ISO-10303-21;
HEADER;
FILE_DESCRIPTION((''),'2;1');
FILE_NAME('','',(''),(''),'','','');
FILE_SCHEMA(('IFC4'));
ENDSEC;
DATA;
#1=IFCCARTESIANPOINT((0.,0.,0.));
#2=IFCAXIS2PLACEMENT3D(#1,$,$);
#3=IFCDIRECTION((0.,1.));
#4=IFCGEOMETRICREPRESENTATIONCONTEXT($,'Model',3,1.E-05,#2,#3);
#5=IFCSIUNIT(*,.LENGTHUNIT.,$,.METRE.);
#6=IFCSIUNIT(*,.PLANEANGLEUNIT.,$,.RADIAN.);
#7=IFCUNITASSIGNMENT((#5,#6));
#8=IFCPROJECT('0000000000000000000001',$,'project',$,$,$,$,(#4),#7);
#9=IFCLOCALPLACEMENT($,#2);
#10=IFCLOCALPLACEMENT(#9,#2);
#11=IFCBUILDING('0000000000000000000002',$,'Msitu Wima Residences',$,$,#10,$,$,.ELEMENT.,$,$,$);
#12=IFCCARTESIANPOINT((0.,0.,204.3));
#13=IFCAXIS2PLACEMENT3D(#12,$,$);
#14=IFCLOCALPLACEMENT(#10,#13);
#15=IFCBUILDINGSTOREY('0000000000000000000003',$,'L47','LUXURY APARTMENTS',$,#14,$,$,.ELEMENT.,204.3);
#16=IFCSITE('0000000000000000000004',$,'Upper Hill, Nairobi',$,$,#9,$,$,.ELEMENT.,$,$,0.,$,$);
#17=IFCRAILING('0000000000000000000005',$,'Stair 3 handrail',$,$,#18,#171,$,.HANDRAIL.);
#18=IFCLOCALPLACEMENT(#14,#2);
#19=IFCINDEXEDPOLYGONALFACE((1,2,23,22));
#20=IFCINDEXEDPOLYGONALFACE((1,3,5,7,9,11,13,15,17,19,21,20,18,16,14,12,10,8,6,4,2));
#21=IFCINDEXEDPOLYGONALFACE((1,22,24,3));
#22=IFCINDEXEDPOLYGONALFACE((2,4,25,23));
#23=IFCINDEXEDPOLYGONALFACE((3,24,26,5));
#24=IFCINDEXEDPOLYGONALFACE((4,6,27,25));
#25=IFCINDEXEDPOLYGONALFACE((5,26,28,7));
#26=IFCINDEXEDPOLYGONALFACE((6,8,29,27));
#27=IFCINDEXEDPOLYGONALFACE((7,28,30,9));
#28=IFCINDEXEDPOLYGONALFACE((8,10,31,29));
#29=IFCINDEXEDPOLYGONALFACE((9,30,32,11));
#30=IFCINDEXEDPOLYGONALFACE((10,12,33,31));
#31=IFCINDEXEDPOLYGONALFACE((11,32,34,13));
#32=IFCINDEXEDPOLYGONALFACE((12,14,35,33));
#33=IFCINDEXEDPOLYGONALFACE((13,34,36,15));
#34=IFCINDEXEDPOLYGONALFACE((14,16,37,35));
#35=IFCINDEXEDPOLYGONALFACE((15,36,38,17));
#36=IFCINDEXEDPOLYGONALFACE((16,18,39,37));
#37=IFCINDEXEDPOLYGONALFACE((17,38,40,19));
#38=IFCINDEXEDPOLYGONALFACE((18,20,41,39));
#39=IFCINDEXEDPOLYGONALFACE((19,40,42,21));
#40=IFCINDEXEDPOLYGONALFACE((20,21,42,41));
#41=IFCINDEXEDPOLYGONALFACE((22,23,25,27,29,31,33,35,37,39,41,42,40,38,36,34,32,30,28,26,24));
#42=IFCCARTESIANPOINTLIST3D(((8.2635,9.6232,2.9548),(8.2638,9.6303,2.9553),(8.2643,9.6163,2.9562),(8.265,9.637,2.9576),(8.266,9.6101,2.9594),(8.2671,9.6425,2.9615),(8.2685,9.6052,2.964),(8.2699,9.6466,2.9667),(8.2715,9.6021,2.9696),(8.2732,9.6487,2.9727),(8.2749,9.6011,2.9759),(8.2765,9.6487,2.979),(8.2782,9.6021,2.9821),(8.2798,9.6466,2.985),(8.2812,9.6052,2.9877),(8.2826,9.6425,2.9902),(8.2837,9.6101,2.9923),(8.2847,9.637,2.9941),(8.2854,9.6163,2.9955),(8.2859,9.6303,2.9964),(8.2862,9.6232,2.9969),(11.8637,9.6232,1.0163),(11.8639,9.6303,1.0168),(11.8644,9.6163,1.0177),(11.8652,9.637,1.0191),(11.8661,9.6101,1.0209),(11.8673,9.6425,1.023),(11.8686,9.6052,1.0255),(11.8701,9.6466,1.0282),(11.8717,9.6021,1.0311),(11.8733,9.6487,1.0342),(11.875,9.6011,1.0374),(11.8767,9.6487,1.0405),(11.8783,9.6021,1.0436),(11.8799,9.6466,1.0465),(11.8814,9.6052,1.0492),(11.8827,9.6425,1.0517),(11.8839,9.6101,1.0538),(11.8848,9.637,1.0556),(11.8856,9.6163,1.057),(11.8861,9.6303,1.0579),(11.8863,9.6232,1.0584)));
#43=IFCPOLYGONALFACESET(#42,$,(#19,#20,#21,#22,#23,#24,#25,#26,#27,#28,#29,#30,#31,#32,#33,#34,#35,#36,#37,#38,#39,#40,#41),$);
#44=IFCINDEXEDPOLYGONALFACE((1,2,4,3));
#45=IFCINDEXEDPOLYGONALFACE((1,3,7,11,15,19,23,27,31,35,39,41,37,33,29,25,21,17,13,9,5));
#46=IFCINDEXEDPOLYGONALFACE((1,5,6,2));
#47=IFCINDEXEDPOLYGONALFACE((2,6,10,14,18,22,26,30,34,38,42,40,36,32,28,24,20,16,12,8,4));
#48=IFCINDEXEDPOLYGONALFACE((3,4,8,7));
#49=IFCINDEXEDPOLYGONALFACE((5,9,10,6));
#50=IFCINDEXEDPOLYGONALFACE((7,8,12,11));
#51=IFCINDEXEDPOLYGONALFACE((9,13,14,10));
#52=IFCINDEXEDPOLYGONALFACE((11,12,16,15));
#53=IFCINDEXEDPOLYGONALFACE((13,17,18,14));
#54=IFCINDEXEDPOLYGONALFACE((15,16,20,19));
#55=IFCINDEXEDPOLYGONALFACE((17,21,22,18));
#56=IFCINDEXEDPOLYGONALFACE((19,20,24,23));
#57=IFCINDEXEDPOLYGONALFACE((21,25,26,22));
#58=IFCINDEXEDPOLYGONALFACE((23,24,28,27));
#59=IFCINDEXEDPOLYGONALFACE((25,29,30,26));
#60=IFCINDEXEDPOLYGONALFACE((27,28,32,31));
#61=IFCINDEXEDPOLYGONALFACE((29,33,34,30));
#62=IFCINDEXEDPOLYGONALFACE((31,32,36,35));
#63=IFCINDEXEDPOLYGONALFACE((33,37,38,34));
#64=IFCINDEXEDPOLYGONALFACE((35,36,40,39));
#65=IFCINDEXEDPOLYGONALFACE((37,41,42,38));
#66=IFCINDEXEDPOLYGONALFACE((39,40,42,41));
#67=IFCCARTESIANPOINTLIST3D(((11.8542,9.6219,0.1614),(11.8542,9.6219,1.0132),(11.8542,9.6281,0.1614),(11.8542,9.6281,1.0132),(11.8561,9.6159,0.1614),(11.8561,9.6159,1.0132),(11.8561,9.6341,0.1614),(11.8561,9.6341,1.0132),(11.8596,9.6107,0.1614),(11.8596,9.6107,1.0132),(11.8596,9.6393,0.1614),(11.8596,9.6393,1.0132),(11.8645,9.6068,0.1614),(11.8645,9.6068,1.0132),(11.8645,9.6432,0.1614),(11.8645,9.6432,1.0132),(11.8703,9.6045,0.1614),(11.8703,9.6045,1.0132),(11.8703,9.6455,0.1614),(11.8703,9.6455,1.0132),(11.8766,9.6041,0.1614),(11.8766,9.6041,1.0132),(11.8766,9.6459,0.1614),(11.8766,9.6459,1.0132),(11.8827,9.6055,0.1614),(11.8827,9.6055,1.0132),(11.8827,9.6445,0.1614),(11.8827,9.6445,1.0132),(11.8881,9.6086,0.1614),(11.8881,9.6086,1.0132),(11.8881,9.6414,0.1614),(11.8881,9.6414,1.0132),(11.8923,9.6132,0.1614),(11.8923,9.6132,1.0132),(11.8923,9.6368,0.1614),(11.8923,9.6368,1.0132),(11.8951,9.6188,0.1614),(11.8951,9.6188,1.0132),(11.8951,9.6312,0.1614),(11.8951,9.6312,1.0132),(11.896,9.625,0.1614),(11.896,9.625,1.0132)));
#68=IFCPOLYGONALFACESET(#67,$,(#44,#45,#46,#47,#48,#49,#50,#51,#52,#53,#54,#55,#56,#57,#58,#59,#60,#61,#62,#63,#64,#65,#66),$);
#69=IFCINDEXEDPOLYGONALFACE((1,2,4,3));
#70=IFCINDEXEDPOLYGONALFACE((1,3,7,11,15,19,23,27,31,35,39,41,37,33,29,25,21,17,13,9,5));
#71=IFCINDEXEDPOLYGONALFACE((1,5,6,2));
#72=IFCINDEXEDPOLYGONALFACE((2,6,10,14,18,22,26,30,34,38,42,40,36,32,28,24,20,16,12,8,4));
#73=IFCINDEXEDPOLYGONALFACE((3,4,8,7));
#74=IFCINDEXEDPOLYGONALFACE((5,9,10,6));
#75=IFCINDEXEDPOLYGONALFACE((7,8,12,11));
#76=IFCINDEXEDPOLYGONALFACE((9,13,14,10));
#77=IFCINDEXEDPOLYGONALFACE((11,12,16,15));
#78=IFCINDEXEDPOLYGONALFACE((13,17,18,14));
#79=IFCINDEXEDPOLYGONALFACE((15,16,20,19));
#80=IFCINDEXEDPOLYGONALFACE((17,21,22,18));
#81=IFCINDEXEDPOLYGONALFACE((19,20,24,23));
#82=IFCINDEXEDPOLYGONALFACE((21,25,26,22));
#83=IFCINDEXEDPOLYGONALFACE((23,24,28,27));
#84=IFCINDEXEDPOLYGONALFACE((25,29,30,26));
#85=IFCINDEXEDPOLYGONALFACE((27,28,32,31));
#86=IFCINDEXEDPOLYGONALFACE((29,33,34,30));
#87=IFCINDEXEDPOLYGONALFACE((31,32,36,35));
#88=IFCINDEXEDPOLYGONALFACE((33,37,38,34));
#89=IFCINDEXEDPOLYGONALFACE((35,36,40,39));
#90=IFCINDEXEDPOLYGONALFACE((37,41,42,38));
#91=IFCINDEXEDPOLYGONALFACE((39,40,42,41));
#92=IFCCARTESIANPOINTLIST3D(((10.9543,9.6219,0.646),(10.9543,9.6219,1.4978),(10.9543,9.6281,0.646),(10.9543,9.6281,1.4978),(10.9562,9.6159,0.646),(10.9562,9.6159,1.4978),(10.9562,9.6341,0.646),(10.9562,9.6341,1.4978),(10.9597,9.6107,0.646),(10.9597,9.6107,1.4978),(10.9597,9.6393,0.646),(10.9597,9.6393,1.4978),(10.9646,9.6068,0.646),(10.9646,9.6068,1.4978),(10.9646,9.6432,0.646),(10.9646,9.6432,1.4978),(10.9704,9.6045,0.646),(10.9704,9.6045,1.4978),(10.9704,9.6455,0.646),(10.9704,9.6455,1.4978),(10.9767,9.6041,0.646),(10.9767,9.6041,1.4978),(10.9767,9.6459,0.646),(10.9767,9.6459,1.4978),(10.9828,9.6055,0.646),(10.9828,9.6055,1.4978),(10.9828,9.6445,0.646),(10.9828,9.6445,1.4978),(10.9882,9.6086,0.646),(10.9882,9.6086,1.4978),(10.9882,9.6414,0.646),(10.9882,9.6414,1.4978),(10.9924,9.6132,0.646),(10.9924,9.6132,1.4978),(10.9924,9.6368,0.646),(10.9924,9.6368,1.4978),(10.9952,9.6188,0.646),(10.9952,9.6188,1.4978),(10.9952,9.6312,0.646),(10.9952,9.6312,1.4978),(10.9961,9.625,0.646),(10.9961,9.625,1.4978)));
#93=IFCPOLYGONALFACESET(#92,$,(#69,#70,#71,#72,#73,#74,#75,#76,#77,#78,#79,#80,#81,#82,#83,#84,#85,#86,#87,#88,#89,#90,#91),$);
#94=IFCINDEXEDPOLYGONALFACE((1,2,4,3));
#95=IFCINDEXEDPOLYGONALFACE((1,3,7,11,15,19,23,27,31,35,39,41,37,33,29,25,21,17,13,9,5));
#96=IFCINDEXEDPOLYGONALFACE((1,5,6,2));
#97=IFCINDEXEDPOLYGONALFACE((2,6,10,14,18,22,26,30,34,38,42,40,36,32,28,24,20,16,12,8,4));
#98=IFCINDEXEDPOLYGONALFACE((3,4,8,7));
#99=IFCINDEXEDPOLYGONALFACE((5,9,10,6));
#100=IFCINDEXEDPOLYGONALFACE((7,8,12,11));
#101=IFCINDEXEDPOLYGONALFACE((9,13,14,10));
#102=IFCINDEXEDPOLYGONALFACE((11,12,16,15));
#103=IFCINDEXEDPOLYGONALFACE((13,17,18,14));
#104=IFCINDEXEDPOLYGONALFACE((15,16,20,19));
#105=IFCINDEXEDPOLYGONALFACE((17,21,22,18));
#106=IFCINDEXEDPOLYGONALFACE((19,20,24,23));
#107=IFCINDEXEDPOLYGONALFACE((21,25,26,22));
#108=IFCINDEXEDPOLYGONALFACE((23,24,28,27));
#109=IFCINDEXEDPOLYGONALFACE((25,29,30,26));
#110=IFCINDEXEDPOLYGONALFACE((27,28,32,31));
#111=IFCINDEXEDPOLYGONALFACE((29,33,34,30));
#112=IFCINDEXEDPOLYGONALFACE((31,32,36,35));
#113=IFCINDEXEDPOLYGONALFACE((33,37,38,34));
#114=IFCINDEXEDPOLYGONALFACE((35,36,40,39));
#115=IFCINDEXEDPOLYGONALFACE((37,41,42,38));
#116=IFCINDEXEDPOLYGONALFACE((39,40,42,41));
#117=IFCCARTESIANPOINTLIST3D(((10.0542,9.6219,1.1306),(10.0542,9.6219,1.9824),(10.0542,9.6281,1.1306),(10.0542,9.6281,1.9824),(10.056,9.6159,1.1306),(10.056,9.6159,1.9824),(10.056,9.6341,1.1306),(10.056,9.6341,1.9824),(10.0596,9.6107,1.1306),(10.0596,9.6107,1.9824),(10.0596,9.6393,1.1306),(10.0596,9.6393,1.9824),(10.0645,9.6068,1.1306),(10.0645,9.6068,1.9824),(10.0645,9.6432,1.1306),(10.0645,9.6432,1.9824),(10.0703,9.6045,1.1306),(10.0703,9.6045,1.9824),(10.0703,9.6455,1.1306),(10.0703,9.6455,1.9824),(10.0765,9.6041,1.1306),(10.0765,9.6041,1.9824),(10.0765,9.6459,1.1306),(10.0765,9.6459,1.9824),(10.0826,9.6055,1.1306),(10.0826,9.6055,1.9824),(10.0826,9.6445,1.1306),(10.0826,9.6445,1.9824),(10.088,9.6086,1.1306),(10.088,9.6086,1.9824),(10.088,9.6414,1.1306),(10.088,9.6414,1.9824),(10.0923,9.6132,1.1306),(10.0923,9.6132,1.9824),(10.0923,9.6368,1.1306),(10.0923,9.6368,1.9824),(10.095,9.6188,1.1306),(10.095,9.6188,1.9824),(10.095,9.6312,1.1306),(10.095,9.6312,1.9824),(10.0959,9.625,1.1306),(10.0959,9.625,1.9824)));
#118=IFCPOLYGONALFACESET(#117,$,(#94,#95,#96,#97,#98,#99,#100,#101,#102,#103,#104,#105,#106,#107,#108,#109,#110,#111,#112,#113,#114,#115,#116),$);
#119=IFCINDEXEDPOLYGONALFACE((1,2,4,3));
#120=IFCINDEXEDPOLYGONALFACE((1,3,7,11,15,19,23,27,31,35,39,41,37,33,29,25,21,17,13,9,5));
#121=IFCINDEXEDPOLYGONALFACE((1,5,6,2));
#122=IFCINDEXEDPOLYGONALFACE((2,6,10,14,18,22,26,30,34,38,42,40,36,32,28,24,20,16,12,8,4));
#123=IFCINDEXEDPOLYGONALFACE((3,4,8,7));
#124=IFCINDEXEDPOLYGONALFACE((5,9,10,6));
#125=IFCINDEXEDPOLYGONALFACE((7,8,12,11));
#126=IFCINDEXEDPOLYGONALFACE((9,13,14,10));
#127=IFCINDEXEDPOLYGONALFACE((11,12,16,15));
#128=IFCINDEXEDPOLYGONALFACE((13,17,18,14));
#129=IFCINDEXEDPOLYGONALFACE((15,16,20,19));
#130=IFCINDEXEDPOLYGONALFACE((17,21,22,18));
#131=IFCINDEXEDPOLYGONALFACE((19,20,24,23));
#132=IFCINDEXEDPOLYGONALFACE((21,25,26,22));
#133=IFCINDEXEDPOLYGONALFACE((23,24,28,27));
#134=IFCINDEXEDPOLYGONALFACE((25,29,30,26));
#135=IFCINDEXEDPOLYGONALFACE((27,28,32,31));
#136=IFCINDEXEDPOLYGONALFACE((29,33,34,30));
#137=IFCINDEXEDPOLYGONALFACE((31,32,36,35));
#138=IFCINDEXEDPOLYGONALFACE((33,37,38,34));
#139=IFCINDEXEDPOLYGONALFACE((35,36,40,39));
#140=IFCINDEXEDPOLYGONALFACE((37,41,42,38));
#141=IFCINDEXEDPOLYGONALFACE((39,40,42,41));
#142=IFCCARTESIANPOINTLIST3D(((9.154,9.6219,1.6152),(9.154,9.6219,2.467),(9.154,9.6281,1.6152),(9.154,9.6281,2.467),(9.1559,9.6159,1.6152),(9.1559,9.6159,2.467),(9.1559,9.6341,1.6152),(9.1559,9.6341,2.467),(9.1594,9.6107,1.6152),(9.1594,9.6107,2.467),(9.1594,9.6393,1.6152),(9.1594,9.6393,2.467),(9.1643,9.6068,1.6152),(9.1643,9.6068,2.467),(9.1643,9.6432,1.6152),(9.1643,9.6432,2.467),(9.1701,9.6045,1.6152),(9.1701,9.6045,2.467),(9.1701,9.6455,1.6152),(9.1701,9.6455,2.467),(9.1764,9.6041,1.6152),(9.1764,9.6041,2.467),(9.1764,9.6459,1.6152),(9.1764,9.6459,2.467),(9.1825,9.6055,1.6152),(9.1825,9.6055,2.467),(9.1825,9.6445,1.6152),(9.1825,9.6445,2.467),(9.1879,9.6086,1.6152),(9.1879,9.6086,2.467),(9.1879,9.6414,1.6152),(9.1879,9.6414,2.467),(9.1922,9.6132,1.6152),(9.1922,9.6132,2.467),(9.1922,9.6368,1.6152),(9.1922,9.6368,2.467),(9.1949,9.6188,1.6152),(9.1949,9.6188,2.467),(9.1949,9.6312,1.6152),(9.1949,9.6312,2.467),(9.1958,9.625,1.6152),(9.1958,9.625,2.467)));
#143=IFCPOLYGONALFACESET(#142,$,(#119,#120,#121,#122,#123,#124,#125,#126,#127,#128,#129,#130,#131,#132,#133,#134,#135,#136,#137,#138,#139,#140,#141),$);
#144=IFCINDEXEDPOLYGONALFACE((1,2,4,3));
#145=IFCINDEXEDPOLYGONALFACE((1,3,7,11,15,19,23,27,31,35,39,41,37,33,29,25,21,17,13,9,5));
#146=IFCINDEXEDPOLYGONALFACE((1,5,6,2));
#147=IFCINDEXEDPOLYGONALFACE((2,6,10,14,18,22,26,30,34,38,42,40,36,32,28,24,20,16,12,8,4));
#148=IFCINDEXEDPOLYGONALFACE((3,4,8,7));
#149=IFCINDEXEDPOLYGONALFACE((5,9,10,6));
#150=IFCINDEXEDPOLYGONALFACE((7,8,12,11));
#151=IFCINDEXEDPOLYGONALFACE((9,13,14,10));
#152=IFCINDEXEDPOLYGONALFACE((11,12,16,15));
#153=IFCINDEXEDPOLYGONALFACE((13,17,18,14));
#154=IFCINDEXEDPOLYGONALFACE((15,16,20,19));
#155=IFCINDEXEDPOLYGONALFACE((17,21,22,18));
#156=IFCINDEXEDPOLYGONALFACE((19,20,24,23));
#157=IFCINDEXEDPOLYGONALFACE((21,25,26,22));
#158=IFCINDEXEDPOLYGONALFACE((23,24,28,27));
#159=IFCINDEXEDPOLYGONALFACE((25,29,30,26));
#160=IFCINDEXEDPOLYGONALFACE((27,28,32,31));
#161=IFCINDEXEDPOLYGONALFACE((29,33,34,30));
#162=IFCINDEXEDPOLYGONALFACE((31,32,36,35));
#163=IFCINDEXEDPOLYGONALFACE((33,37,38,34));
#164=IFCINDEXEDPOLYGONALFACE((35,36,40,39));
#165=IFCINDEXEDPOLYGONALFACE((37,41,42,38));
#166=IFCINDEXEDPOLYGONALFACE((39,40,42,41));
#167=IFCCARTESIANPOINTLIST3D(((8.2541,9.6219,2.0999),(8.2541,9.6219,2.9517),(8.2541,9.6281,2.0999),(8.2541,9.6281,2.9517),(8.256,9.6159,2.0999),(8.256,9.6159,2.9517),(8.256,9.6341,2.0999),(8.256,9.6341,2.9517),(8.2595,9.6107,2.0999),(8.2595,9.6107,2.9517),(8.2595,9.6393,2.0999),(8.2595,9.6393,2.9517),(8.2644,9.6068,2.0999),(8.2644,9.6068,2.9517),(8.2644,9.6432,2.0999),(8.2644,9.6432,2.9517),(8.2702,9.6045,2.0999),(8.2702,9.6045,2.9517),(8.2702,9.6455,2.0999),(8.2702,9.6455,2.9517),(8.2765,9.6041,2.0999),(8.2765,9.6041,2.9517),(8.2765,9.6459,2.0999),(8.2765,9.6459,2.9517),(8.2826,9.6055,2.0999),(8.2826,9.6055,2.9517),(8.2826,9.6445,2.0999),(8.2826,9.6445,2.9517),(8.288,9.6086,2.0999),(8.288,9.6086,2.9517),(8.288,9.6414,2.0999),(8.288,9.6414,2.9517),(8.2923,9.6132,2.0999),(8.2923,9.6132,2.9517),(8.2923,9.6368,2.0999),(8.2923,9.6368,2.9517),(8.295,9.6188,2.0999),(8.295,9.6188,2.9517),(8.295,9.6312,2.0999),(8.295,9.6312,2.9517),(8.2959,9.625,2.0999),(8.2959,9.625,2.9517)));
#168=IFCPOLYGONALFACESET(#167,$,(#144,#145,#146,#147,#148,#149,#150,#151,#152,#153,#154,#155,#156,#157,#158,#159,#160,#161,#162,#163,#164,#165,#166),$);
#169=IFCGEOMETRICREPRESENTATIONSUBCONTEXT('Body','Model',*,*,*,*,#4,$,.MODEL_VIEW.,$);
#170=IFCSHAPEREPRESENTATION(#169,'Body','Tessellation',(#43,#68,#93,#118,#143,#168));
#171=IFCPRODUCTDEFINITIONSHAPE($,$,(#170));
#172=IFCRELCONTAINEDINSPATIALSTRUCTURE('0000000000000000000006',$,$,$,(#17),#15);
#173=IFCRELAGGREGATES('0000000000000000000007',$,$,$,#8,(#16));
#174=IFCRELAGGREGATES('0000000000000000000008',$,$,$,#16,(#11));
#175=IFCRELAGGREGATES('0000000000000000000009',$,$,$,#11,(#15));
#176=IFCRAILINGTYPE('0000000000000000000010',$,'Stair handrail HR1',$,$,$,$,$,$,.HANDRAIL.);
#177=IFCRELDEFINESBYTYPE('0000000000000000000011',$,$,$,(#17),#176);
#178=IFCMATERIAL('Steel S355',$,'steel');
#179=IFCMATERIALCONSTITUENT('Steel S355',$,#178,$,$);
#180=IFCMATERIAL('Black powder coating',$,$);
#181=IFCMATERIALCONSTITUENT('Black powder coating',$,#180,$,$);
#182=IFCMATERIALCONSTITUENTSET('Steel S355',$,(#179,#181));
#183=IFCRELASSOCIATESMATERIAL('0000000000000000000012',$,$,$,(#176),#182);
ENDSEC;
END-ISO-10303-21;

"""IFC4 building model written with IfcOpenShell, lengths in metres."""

from ifc_helpers import new_model, si_unit, direction, frame, origin, origin_2d, place, context, subcontext, project, spatial, circle, extrude, material, constituent, constituent_set, type_object, element, save


model = new_model("IFC4")

# Units and contexts
model_context = context("Model", 3, precision=1e-05, world=origin(), true_north=direction((0.0, 1.0)))
body_context = subcontext(model_context, "Body", "Model", "MODEL_VIEW")
ifc_project = project(units=[si_unit("LENGTHUNIT", "METRE"), si_unit("PLANEANGLEUNIT", "RADIAN")], contexts=[model_context])

# Site, building, storey
site_placement = place(None, origin())
site = spatial("IfcSite", under=ifc_project, at=site_placement, Name="Upper Hill, Nairobi", CompositionType="ELEMENT", RefElevation=0.0)
building_placement = place(site_placement, origin())
building = spatial("IfcBuilding", under=site, at=building_placement, Name="Msitu Wima Residences", CompositionType="ELEMENT")
storey_placement = place(building_placement, frame((0.0, 0.0, 204.3)))
storey = spatial("IfcBuildingStorey", under=building, at=storey_placement, Name="L47", Description="LUXURY APARTMENTS", CompositionType="ELEMENT", Elevation=204.3)

# Railing
ifc_material_1 = material(Name="Steel S355", Category="steel")
ifc_constituent_1 = constituent(ifc_material_1, Name="Steel S355")
ifc_material_2 = material(Name="Black powder coating")
ifc_constituent_2 = constituent(ifc_material_2, Name="Black powder coating")
ifc_constituent_set = constituent_set(constituents=[ifc_constituent_1, ifc_constituent_2], Name="Steel S355")
railing_type = type_object("IfcRailingType", Name="Stair handrail HR1", PredefinedType="HANDRAIL", material=ifc_constituent_set)
for number, where, name in (
    (1, (11.875, 9.625, 0.1614), "Stair 3 handrail"),
):
    element("IfcRailing", number, at=place(storey_placement, frame(where)), inside=storey, type_object=railing_type, Name=name, PredefinedType="HANDRAIL", context=body_context, shape_type="SweptSolid", body=[
        extrude(circle(Radius=0.0239, at=origin_2d()), frame((0.0, 0.0, 0.876), z_axis=(-0.880475, 0.0, 0.474093), x_axis=(0.0, -1.0, 0.0)), (0.0, 0.0, 1.0), 4.0889),
        extrude(circle(Radius=0.021, at=origin_2d()), origin(), (0.0, 0.0, 1.0), 0.8518),
        extrude(circle(Radius=0.021, at=origin_2d()), frame((-0.8999, 0.0, 0.4846)), (0.0, 0.0, 1.0), 0.8518),
        extrude(circle(Radius=0.021, at=origin_2d()), frame((-1.8, 0.0, 0.9692)), (0.0, 0.0, 1.0), 0.8518),
        extrude(circle(Radius=0.021, at=origin_2d()), frame((-2.7002, 0.0, 1.4539)), (0.0, 0.0, 1.0), 0.8518),
        extrude(circle(Radius=0.021, at=origin_2d()), frame((-3.6001, 0.0, 1.9385)), (0.0, 0.0, 1.0), 0.8518),
    ])

save(model, "model.ifc")
